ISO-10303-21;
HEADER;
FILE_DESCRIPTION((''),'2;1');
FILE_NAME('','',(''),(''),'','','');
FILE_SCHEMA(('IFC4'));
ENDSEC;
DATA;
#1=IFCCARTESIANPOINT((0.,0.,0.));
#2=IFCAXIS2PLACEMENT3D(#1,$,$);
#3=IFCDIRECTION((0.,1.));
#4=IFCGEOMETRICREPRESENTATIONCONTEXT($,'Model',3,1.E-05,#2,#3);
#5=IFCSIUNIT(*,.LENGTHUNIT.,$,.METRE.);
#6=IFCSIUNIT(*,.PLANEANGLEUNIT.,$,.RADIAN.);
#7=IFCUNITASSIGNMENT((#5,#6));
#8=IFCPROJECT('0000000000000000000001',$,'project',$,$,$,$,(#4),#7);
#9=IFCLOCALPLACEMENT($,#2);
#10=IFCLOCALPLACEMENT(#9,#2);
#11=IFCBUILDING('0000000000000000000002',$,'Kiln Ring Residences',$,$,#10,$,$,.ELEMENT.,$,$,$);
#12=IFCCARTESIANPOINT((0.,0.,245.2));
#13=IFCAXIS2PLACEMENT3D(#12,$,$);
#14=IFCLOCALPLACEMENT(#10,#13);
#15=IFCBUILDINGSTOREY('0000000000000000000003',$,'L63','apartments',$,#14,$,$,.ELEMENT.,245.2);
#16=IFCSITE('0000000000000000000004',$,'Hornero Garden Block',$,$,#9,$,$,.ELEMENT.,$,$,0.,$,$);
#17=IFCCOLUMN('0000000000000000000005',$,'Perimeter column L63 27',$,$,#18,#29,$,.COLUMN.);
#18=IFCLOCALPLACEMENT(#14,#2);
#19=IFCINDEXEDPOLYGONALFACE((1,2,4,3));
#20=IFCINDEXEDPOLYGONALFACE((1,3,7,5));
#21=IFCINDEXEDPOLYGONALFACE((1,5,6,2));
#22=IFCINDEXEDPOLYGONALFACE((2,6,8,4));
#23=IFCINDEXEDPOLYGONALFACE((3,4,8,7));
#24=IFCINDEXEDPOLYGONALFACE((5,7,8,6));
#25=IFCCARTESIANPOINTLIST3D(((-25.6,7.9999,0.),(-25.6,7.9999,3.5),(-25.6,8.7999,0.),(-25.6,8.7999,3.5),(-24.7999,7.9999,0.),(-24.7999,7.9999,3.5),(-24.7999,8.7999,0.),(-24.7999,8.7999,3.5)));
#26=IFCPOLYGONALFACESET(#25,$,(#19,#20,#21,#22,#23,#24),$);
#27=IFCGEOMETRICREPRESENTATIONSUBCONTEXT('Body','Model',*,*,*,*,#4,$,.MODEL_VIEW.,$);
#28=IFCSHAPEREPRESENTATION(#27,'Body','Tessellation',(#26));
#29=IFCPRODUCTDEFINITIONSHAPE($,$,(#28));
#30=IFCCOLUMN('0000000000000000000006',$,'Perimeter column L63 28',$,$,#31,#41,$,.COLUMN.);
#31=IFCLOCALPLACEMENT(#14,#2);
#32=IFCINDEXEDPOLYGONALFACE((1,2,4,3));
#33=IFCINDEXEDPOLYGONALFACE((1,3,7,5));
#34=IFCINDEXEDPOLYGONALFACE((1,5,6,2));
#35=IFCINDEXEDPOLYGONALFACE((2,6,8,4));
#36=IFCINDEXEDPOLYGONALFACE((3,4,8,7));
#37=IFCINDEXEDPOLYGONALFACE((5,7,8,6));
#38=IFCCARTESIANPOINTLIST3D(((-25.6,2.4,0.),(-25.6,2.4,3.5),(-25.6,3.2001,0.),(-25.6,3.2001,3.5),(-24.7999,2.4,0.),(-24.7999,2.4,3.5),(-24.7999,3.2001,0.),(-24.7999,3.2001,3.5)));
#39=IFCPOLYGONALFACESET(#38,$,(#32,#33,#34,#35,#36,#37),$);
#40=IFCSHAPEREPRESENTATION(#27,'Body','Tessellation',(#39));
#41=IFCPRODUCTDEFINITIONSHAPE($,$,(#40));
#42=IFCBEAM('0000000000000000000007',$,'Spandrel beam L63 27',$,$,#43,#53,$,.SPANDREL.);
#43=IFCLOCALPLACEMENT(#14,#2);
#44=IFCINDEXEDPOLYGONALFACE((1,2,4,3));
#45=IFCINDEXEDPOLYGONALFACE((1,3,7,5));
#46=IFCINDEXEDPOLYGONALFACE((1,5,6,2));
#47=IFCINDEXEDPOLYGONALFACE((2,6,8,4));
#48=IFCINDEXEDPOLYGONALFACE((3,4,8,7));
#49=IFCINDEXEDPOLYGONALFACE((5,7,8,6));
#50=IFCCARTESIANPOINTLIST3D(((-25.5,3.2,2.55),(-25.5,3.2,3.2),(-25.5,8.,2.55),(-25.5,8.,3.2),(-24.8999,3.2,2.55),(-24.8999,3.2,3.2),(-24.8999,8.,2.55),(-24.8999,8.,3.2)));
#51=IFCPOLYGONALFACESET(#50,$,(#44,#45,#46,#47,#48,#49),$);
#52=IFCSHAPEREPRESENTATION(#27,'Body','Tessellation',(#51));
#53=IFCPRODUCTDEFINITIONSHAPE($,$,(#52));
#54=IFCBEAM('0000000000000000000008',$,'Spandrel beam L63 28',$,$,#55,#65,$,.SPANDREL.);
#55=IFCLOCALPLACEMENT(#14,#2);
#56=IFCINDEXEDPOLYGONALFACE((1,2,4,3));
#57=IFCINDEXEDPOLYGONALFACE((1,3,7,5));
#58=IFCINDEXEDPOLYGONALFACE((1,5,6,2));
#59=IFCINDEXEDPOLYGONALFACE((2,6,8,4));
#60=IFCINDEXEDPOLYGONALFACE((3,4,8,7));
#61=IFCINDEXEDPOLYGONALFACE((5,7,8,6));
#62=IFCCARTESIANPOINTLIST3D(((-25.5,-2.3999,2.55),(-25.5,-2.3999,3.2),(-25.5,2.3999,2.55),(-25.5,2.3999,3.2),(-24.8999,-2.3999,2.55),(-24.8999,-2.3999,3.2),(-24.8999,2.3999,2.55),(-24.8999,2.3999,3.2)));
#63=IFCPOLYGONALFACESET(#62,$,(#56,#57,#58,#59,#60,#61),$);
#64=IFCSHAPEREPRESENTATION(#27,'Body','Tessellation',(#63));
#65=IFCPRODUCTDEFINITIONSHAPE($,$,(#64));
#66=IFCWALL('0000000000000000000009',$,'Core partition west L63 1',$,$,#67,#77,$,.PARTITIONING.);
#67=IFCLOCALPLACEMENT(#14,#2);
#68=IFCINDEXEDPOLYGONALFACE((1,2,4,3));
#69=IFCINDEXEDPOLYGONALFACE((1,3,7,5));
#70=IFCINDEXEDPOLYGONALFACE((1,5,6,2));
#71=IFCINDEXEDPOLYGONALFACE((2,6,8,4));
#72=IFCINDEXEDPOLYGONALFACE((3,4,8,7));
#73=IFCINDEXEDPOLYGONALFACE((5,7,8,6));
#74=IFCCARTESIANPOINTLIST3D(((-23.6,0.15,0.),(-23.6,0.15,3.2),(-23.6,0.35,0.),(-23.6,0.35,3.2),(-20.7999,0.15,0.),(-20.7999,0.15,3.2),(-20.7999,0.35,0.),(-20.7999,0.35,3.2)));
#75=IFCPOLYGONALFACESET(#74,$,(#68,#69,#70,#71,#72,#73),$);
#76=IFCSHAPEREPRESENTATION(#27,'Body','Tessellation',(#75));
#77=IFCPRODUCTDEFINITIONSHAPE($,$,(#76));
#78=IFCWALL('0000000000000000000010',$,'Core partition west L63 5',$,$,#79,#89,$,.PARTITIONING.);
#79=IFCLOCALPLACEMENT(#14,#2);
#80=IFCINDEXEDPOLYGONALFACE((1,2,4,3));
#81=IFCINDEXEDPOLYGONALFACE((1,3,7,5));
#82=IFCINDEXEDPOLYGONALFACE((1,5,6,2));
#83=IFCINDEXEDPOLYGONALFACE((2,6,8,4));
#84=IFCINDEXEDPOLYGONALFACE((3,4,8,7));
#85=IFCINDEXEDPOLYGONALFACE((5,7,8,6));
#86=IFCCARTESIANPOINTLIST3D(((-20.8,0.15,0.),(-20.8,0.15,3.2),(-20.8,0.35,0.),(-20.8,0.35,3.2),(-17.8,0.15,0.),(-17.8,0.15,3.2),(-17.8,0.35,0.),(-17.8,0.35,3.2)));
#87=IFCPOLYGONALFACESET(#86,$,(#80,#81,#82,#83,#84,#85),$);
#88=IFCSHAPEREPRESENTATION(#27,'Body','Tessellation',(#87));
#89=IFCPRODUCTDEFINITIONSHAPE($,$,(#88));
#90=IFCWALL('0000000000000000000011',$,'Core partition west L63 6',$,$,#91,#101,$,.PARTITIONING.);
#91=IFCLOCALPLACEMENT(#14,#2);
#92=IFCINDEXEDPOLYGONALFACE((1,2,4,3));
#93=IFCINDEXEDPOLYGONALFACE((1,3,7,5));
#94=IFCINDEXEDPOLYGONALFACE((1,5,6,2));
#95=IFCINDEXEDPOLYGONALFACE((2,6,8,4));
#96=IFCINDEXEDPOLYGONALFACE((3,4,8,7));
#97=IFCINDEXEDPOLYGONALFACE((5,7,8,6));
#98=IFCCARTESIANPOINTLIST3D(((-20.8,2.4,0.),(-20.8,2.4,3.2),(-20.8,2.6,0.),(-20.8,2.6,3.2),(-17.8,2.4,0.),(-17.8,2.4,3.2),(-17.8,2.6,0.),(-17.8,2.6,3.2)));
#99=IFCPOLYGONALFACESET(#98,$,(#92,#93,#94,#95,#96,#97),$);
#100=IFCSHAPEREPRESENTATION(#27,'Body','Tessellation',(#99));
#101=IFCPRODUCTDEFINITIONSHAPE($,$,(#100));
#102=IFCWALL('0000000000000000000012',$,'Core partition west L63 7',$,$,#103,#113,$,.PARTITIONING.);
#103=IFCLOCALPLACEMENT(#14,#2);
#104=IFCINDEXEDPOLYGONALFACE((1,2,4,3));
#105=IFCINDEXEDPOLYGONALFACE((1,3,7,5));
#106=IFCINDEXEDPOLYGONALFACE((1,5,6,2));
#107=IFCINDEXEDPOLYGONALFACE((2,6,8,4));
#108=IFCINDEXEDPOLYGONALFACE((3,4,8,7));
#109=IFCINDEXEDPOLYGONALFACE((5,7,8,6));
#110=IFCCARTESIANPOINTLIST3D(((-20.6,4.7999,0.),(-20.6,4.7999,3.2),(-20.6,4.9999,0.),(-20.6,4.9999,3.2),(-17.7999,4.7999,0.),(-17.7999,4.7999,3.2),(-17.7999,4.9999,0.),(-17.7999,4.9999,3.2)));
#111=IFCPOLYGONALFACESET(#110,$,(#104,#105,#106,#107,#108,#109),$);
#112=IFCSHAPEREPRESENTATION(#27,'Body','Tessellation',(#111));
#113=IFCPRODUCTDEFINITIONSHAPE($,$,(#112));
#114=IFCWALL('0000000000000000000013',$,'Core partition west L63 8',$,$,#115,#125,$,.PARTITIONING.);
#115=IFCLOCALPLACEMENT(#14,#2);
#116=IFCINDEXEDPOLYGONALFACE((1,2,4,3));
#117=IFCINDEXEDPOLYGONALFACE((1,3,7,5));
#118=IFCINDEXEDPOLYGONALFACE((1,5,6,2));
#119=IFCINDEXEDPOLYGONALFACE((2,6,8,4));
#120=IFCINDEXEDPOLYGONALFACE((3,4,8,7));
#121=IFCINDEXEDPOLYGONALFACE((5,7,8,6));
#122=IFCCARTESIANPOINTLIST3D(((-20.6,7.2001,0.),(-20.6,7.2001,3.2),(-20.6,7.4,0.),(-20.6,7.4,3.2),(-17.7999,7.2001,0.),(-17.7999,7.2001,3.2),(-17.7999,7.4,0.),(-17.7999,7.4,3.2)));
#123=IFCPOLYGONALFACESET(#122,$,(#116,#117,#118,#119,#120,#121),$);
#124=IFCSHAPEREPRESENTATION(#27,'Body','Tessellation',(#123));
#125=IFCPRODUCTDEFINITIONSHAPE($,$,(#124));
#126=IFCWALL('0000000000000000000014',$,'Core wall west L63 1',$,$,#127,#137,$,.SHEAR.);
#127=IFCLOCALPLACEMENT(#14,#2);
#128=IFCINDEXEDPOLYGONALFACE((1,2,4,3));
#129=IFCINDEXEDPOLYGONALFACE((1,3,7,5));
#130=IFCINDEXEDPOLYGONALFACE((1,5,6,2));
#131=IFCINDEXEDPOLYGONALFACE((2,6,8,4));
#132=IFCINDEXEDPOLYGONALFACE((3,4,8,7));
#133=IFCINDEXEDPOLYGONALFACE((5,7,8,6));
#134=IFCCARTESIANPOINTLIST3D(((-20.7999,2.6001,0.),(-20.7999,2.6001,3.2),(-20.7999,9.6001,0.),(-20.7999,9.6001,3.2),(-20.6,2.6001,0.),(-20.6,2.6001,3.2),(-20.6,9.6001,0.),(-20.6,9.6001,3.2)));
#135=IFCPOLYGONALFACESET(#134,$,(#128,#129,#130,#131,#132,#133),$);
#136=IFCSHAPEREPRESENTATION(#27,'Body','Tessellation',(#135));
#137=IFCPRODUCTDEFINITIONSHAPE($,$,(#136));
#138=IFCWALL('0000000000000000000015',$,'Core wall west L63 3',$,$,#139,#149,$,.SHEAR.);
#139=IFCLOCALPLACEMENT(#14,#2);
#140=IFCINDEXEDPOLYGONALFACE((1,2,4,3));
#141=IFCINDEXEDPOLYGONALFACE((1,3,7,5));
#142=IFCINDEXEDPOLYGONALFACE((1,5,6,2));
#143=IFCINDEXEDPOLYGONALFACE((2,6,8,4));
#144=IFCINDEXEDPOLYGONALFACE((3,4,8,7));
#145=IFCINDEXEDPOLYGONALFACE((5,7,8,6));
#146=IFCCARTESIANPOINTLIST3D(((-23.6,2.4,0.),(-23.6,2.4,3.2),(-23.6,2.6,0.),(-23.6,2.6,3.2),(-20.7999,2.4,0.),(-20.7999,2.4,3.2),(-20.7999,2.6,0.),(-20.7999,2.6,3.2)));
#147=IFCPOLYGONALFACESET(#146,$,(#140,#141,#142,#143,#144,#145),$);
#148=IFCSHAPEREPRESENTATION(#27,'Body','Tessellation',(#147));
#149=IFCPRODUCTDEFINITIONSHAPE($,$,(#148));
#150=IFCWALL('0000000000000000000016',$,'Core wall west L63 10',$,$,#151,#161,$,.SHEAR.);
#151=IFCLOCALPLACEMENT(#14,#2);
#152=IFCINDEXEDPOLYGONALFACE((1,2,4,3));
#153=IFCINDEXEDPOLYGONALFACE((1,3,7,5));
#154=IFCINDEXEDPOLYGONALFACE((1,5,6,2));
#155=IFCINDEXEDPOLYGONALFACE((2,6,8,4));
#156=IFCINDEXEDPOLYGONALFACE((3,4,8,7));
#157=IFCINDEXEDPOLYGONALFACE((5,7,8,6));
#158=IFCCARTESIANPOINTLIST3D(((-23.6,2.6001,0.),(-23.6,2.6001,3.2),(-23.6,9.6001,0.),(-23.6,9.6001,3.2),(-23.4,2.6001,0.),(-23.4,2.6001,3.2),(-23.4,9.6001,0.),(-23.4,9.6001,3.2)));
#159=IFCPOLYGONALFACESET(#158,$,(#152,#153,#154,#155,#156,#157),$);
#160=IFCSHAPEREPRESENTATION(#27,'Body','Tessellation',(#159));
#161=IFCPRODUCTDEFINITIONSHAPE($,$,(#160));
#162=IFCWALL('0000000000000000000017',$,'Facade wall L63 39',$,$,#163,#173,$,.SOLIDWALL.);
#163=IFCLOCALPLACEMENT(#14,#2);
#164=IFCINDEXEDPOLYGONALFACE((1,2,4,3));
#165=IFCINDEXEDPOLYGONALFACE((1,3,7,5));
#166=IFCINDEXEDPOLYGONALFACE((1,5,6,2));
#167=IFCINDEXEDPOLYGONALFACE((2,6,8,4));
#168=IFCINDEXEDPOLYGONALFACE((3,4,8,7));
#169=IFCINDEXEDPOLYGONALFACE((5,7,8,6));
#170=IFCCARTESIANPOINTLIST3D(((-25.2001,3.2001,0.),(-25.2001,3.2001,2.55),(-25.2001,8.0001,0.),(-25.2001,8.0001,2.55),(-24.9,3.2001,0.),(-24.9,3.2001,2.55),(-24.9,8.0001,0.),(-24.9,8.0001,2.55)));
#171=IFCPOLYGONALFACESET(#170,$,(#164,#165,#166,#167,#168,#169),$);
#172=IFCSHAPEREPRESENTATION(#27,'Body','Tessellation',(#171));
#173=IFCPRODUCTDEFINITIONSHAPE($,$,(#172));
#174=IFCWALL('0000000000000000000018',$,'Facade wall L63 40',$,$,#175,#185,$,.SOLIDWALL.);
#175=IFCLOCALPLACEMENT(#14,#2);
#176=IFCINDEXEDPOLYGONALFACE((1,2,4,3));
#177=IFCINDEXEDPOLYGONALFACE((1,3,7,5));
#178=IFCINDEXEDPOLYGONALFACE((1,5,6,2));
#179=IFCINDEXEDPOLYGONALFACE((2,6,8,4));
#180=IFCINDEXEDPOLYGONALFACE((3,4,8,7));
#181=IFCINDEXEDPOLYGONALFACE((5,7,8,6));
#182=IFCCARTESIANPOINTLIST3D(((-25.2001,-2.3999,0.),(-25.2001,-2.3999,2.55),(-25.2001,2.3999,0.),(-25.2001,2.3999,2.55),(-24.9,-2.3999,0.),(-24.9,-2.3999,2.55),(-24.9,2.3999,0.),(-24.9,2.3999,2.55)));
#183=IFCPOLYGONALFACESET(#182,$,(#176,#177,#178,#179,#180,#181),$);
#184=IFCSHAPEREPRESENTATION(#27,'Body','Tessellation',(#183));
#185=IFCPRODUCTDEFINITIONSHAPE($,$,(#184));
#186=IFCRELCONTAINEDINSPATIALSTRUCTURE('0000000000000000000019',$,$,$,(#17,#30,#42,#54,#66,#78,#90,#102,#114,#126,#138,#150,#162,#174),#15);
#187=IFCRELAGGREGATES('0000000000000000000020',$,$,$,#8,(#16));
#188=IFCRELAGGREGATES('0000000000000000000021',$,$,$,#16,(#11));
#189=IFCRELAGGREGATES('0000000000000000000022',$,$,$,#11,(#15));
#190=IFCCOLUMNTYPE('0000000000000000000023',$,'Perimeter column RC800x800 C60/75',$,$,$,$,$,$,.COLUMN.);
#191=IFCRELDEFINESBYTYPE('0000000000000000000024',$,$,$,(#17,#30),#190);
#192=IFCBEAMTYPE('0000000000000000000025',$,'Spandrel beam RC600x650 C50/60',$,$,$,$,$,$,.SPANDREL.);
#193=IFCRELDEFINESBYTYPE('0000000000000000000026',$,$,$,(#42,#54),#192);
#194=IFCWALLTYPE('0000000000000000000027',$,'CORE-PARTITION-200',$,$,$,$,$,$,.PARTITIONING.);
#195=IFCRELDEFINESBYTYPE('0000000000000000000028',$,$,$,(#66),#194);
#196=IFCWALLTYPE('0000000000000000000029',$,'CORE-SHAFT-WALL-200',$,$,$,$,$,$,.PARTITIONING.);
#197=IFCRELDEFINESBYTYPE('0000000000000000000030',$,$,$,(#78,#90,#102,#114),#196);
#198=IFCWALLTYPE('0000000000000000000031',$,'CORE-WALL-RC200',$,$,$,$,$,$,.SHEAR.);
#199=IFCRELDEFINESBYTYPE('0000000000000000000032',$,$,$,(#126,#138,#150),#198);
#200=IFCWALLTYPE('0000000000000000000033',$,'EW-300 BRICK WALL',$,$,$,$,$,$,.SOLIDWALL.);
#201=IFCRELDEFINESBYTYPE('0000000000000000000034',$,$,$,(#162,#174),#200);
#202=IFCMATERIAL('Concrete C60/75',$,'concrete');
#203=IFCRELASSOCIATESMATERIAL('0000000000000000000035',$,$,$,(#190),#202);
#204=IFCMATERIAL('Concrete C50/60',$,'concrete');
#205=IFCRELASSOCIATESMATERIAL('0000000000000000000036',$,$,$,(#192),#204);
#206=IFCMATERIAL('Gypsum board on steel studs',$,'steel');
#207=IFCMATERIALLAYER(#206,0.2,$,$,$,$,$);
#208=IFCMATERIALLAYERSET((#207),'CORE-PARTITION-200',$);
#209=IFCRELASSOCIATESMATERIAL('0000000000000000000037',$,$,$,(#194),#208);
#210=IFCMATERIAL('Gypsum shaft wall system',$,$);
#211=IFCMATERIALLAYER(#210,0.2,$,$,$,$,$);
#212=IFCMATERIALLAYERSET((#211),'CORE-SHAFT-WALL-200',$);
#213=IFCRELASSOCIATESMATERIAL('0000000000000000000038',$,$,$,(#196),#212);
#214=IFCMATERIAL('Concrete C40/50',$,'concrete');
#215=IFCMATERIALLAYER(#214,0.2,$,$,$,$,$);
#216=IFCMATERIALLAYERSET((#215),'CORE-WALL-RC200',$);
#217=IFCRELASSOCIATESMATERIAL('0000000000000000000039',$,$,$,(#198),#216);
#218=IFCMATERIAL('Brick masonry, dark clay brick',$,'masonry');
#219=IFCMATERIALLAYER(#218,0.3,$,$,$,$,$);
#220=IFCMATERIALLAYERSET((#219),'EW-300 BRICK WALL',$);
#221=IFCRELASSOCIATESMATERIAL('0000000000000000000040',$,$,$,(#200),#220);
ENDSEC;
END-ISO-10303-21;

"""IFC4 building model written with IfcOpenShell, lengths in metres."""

from ifc_helpers import new_model, si_unit, direction, frame, frame_2d, origin, origin_2d, place, context, subcontext, project, spatial, rectangle, extrude, material, layer, layer_set, material_profile, profile_set, type_object, element, save


model = new_model("IFC4")

# Units and contexts
model_context = context("Model", 3, precision=1e-05, world=origin(), true_north=direction((0.0, 1.0)))
body_context = subcontext(model_context, "Body", "Model", "MODEL_VIEW")
ifc_project = project(units=[si_unit("LENGTHUNIT", "METRE"), si_unit("PLANEANGLEUNIT", "RADIAN")], contexts=[model_context])

# Site, building, storey
site_placement = place(None, origin())
site = spatial("IfcSite", under=ifc_project, at=site_placement, Name="Hornero Garden Block", CompositionType="ELEMENT", RefElevation=0.0)
building_placement = place(site_placement, origin())
building = spatial("IfcBuilding", under=site, at=building_placement, Name="Kiln Ring Residences", CompositionType="ELEMENT")
storey_placement = place(building_placement, frame((0.0, 0.0, 245.2)))
storey = spatial("IfcBuildingStorey", under=building, at=storey_placement, Name="L63", Description="apartments", CompositionType="ELEMENT", Elevation=245.2)

# Columns
ifc_material_1 = material(Name="Concrete C60/75", Category="concrete")
ifc_material_profile_1 = material_profile(ifc_material_1, rectangle(XDim=0.8, YDim=0.8, at=origin_2d()), Name="RC800x800")
ifc_profile_set_1 = profile_set([ifc_material_profile_1], Name="Concrete C60/75")
column_type = type_object("IfcColumnType", Name="Perimeter column RC800x800 C60/75", PredefinedType="COLUMN", material=ifc_profile_set_1)
for number, where, z_axis, x_axis, name in (
    (1, (-25.2, 8.3999, 0.0), (0.0, 0.0, 1.0), (1.0, 0.0, 0.0), "Perimeter column L63 27"),
    (2, (-25.2, 2.8, 0.0), (0.0, 0.0, 1.0), (1.0, 0.0, 0.0), "Perimeter column L63 28"),
):
    element("IfcColumn", number, at=place(storey_placement, frame(where, z_axis=z_axis, x_axis=x_axis)), inside=storey, type_object=column_type, Name=name, PredefinedType="COLUMN", context=body_context, shape_type="SweptSolid", body=[
        extrude(rectangle(XDim=0.8, YDim=0.8, at=origin_2d()), origin(), (0.0, 0.0, 1.0), 3.5),
    ])

# Beams
ifc_material_2 = material(Name="Concrete C50/60", Category="concrete")
ifc_material_profile_2 = material_profile(ifc_material_2, rectangle(XDim=0.6001, YDim=0.6499, at=origin_2d()), Name="RC600x650")
ifc_profile_set_2 = profile_set([ifc_material_profile_2], Name="Concrete C50/60")
beam_type = type_object("IfcBeamType", Name="Spandrel beam RC600x650 C50/60", PredefinedType="SPANDREL", material=ifc_profile_set_2)
beam_1_placement = place(storey_placement, frame((-25.2, 8.0, 2.875), z_axis=(0.0, -1.0, 0.0), x_axis=(1.0, 0.0, 0.0)))
element("IfcBeam", 3, at=beam_1_placement, inside=storey, type_object=beam_type, Name="Spandrel beam L63 27", PredefinedType="SPANDREL", context=body_context, shape_type="SweptSolid", body=[
    extrude(rectangle(XDim=0.6001, YDim=0.6499, at=origin_2d()), origin(), (0.0, 0.0, 1.0), 4.8),
])
beam_2_placement = place(storey_placement, frame((-25.2, 2.3999, 2.875), z_axis=(0.0, -1.0, 0.0), x_axis=(1.0, 0.0, 0.0)))
element("IfcBeam", 4, at=beam_2_placement, inside=storey, type_object=beam_type, Name="Spandrel beam L63 28", PredefinedType="SPANDREL", context=body_context, shape_type="SweptSolid", body=[
    extrude(rectangle(XDim=0.6001, YDim=0.6499, at=origin_2d()), origin(), (0.0, 0.0, 1.0), 4.7998),
])

# Walls
ifc_material_3 = material(Name="Gypsum board on steel studs", Category="steel")
ifc_layer_1 = layer(ifc_material_3, 0.2)
ifc_layer_set_1 = layer_set([ifc_layer_1], Name="CORE-PARTITION-200")
wall_type_1 = type_object("IfcWallType", Name="CORE-PARTITION-200", PredefinedType="PARTITIONING", material=ifc_layer_set_1)
wall_1_placement = place(storey_placement, frame((-20.8, 0.25, 0.0), z_axis=(0.0, 0.0, 1.0), x_axis=(-1.0, 0.0, 0.0)))
element("IfcWall", 5, at=wall_1_placement, inside=storey, type_object=wall_type_1, Name="Core partition west L63 1", PredefinedType="PARTITIONING", context=body_context, shape_type="SweptSolid", body=[
    extrude(rectangle(XDim=2.8, YDim=0.2, at=frame_2d((1.3999, 0.0))), origin(), (0.0, 0.0, 1.0), 3.2),
])
ifc_material_4 = material(Name="Gypsum shaft wall system")
ifc_layer_2 = layer(ifc_material_4, 0.2)
ifc_layer_set_2 = layer_set([ifc_layer_2], Name="CORE-SHAFT-WALL-200")
wall_type_2 = type_object("IfcWallType", Name="CORE-SHAFT-WALL-200", PredefinedType="PARTITIONING", material=ifc_layer_set_2)
for number, where, z_axis, x_axis, name in (
    (6, (-17.8, 0.25, 0.0), (0.0, 0.0, 1.0), (-1.0, 0.0, 0.0), "Core partition west L63 5"),
    (7, (-17.8, 2.5, 0.0), (0.0, 0.0, 1.0), (-1.0, 0.0, 0.0), "Core partition west L63 6"),
):
    element("IfcWall", number, at=place(storey_placement, frame(where, z_axis=z_axis, x_axis=x_axis)), inside=storey, type_object=wall_type_2, Name=name, PredefinedType="PARTITIONING", context=body_context, shape_type="SweptSolid", body=[
        extrude(rectangle(XDim=3.0, YDim=0.2, at=frame_2d((1.5, 0.0))), origin(), (0.0, 0.0, 1.0), 3.2),
    ])
for number, where, z_axis, x_axis, name in (
    (8, (-17.8, 4.8999, 0.0), (0.0, 0.0, 1.0), (-1.0, 0.0, 0.0), "Core partition west L63 7"),
    (9, (-17.8, 7.3, 0.0), (0.0, 0.0, 1.0), (-1.0, 0.0, 0.0), "Core partition west L63 8"),
):
    element("IfcWall", number, at=place(storey_placement, frame(where, z_axis=z_axis, x_axis=x_axis)), inside=storey, type_object=wall_type_2, Name=name, PredefinedType="PARTITIONING", context=body_context, shape_type="SweptSolid", body=[
        extrude(rectangle(XDim=2.8, YDim=0.2, at=frame_2d((1.3999, 0.0))), origin(), (0.0, 0.0, 1.0), 3.2),
    ])
ifc_material_5 = material(Name="Concrete C40/50", Category="concrete")
ifc_layer_3 = layer(ifc_material_5, 0.2)
ifc_layer_set_3 = layer_set([ifc_layer_3], Name="CORE-WALL-RC200")
wall_type_3 = type_object("IfcWallType", Name="CORE-WALL-RC200", PredefinedType="SHEAR", material=ifc_layer_set_3)
wall_2_placement = place(storey_placement, frame((-20.7, 2.6001, 0.0), z_axis=(0.0, 0.0, 1.0), x_axis=(0.0, 1.0, 0.0)))
element("IfcWall", 10, at=wall_2_placement, inside=storey, type_object=wall_type_3, Name="Core wall west L63 1", PredefinedType="SHEAR", context=body_context, shape_type="SweptSolid", body=[
    extrude(rectangle(XDim=7.0, YDim=0.2, at=frame_2d((3.5, 0.0))), origin(), (0.0, 0.0, 1.0), 3.2),
])
wall_3_placement = place(storey_placement, frame((-20.8, 2.5, 0.0), z_axis=(0.0, 0.0, 1.0), x_axis=(-1.0, 0.0, 0.0)))
element("IfcWall", 11, at=wall_3_placement, inside=storey, type_object=wall_type_3, Name="Core wall west L63 3", PredefinedType="SHEAR", context=body_context, shape_type="SweptSolid", body=[
    extrude(rectangle(XDim=2.8, YDim=0.2, at=frame_2d((1.3999, 0.0))), origin(), (0.0, 0.0, 1.0), 3.2),
])
wall_4_placement = place(storey_placement, frame((-23.5, 2.6001, 0.0), z_axis=(0.0, 0.0, 1.0), x_axis=(0.0, 1.0, 0.0)))
element("IfcWall", 12, at=wall_4_placement, inside=storey, type_object=wall_type_3, Name="Core wall west L63 10", PredefinedType="SHEAR", context=body_context, shape_type="SweptSolid", body=[
    extrude(rectangle(XDim=7.0, YDim=0.2, at=frame_2d((3.5, 0.0))), origin(), (0.0, 0.0, 1.0), 3.2),
])
ifc_material_6 = material(Name="Brick masonry, dark clay brick", Category="masonry")
ifc_layer_4 = layer(ifc_material_6, 0.3)
ifc_layer_set_4 = layer_set([ifc_layer_4], Name="EW-300 BRICK WALL")
wall_type_4 = type_object("IfcWallType", Name="EW-300 BRICK WALL", PredefinedType="SOLIDWALL", material=ifc_layer_set_4)
wall_5_placement = place(storey_placement, frame((-25.05, 8.0, 0.0), z_axis=(0.0, 0.0, 1.0), x_axis=(0.0, -1.0, 0.0)))
element("IfcWall", 13, at=wall_5_placement, inside=storey, type_object=wall_type_4, Name="Facade wall L63 39", PredefinedType="SOLIDWALL", context=body_context, shape_type="SweptSolid", body=[
    extrude(rectangle(XDim=4.8, YDim=0.3, at=frame_2d((2.3999, 0.0))), origin(), (0.0, 0.0, 1.0), 2.55),
])
wall_6_placement = place(storey_placement, frame((-25.05, 2.3999, 0.0), z_axis=(0.0, 0.0, 1.0), x_axis=(0.0, -1.0, 0.0)))
element("IfcWall", 14, at=wall_6_placement, inside=storey, type_object=wall_type_4, Name="Facade wall L63 40", PredefinedType="SOLIDWALL", context=body_context, shape_type="SweptSolid", body=[
    extrude(rectangle(XDim=4.7998, YDim=0.3, at=frame_2d((2.3999, 0.0))), origin(), (0.0, 0.0, 1.0), 2.55),
])

save(model, "model.ifc")
